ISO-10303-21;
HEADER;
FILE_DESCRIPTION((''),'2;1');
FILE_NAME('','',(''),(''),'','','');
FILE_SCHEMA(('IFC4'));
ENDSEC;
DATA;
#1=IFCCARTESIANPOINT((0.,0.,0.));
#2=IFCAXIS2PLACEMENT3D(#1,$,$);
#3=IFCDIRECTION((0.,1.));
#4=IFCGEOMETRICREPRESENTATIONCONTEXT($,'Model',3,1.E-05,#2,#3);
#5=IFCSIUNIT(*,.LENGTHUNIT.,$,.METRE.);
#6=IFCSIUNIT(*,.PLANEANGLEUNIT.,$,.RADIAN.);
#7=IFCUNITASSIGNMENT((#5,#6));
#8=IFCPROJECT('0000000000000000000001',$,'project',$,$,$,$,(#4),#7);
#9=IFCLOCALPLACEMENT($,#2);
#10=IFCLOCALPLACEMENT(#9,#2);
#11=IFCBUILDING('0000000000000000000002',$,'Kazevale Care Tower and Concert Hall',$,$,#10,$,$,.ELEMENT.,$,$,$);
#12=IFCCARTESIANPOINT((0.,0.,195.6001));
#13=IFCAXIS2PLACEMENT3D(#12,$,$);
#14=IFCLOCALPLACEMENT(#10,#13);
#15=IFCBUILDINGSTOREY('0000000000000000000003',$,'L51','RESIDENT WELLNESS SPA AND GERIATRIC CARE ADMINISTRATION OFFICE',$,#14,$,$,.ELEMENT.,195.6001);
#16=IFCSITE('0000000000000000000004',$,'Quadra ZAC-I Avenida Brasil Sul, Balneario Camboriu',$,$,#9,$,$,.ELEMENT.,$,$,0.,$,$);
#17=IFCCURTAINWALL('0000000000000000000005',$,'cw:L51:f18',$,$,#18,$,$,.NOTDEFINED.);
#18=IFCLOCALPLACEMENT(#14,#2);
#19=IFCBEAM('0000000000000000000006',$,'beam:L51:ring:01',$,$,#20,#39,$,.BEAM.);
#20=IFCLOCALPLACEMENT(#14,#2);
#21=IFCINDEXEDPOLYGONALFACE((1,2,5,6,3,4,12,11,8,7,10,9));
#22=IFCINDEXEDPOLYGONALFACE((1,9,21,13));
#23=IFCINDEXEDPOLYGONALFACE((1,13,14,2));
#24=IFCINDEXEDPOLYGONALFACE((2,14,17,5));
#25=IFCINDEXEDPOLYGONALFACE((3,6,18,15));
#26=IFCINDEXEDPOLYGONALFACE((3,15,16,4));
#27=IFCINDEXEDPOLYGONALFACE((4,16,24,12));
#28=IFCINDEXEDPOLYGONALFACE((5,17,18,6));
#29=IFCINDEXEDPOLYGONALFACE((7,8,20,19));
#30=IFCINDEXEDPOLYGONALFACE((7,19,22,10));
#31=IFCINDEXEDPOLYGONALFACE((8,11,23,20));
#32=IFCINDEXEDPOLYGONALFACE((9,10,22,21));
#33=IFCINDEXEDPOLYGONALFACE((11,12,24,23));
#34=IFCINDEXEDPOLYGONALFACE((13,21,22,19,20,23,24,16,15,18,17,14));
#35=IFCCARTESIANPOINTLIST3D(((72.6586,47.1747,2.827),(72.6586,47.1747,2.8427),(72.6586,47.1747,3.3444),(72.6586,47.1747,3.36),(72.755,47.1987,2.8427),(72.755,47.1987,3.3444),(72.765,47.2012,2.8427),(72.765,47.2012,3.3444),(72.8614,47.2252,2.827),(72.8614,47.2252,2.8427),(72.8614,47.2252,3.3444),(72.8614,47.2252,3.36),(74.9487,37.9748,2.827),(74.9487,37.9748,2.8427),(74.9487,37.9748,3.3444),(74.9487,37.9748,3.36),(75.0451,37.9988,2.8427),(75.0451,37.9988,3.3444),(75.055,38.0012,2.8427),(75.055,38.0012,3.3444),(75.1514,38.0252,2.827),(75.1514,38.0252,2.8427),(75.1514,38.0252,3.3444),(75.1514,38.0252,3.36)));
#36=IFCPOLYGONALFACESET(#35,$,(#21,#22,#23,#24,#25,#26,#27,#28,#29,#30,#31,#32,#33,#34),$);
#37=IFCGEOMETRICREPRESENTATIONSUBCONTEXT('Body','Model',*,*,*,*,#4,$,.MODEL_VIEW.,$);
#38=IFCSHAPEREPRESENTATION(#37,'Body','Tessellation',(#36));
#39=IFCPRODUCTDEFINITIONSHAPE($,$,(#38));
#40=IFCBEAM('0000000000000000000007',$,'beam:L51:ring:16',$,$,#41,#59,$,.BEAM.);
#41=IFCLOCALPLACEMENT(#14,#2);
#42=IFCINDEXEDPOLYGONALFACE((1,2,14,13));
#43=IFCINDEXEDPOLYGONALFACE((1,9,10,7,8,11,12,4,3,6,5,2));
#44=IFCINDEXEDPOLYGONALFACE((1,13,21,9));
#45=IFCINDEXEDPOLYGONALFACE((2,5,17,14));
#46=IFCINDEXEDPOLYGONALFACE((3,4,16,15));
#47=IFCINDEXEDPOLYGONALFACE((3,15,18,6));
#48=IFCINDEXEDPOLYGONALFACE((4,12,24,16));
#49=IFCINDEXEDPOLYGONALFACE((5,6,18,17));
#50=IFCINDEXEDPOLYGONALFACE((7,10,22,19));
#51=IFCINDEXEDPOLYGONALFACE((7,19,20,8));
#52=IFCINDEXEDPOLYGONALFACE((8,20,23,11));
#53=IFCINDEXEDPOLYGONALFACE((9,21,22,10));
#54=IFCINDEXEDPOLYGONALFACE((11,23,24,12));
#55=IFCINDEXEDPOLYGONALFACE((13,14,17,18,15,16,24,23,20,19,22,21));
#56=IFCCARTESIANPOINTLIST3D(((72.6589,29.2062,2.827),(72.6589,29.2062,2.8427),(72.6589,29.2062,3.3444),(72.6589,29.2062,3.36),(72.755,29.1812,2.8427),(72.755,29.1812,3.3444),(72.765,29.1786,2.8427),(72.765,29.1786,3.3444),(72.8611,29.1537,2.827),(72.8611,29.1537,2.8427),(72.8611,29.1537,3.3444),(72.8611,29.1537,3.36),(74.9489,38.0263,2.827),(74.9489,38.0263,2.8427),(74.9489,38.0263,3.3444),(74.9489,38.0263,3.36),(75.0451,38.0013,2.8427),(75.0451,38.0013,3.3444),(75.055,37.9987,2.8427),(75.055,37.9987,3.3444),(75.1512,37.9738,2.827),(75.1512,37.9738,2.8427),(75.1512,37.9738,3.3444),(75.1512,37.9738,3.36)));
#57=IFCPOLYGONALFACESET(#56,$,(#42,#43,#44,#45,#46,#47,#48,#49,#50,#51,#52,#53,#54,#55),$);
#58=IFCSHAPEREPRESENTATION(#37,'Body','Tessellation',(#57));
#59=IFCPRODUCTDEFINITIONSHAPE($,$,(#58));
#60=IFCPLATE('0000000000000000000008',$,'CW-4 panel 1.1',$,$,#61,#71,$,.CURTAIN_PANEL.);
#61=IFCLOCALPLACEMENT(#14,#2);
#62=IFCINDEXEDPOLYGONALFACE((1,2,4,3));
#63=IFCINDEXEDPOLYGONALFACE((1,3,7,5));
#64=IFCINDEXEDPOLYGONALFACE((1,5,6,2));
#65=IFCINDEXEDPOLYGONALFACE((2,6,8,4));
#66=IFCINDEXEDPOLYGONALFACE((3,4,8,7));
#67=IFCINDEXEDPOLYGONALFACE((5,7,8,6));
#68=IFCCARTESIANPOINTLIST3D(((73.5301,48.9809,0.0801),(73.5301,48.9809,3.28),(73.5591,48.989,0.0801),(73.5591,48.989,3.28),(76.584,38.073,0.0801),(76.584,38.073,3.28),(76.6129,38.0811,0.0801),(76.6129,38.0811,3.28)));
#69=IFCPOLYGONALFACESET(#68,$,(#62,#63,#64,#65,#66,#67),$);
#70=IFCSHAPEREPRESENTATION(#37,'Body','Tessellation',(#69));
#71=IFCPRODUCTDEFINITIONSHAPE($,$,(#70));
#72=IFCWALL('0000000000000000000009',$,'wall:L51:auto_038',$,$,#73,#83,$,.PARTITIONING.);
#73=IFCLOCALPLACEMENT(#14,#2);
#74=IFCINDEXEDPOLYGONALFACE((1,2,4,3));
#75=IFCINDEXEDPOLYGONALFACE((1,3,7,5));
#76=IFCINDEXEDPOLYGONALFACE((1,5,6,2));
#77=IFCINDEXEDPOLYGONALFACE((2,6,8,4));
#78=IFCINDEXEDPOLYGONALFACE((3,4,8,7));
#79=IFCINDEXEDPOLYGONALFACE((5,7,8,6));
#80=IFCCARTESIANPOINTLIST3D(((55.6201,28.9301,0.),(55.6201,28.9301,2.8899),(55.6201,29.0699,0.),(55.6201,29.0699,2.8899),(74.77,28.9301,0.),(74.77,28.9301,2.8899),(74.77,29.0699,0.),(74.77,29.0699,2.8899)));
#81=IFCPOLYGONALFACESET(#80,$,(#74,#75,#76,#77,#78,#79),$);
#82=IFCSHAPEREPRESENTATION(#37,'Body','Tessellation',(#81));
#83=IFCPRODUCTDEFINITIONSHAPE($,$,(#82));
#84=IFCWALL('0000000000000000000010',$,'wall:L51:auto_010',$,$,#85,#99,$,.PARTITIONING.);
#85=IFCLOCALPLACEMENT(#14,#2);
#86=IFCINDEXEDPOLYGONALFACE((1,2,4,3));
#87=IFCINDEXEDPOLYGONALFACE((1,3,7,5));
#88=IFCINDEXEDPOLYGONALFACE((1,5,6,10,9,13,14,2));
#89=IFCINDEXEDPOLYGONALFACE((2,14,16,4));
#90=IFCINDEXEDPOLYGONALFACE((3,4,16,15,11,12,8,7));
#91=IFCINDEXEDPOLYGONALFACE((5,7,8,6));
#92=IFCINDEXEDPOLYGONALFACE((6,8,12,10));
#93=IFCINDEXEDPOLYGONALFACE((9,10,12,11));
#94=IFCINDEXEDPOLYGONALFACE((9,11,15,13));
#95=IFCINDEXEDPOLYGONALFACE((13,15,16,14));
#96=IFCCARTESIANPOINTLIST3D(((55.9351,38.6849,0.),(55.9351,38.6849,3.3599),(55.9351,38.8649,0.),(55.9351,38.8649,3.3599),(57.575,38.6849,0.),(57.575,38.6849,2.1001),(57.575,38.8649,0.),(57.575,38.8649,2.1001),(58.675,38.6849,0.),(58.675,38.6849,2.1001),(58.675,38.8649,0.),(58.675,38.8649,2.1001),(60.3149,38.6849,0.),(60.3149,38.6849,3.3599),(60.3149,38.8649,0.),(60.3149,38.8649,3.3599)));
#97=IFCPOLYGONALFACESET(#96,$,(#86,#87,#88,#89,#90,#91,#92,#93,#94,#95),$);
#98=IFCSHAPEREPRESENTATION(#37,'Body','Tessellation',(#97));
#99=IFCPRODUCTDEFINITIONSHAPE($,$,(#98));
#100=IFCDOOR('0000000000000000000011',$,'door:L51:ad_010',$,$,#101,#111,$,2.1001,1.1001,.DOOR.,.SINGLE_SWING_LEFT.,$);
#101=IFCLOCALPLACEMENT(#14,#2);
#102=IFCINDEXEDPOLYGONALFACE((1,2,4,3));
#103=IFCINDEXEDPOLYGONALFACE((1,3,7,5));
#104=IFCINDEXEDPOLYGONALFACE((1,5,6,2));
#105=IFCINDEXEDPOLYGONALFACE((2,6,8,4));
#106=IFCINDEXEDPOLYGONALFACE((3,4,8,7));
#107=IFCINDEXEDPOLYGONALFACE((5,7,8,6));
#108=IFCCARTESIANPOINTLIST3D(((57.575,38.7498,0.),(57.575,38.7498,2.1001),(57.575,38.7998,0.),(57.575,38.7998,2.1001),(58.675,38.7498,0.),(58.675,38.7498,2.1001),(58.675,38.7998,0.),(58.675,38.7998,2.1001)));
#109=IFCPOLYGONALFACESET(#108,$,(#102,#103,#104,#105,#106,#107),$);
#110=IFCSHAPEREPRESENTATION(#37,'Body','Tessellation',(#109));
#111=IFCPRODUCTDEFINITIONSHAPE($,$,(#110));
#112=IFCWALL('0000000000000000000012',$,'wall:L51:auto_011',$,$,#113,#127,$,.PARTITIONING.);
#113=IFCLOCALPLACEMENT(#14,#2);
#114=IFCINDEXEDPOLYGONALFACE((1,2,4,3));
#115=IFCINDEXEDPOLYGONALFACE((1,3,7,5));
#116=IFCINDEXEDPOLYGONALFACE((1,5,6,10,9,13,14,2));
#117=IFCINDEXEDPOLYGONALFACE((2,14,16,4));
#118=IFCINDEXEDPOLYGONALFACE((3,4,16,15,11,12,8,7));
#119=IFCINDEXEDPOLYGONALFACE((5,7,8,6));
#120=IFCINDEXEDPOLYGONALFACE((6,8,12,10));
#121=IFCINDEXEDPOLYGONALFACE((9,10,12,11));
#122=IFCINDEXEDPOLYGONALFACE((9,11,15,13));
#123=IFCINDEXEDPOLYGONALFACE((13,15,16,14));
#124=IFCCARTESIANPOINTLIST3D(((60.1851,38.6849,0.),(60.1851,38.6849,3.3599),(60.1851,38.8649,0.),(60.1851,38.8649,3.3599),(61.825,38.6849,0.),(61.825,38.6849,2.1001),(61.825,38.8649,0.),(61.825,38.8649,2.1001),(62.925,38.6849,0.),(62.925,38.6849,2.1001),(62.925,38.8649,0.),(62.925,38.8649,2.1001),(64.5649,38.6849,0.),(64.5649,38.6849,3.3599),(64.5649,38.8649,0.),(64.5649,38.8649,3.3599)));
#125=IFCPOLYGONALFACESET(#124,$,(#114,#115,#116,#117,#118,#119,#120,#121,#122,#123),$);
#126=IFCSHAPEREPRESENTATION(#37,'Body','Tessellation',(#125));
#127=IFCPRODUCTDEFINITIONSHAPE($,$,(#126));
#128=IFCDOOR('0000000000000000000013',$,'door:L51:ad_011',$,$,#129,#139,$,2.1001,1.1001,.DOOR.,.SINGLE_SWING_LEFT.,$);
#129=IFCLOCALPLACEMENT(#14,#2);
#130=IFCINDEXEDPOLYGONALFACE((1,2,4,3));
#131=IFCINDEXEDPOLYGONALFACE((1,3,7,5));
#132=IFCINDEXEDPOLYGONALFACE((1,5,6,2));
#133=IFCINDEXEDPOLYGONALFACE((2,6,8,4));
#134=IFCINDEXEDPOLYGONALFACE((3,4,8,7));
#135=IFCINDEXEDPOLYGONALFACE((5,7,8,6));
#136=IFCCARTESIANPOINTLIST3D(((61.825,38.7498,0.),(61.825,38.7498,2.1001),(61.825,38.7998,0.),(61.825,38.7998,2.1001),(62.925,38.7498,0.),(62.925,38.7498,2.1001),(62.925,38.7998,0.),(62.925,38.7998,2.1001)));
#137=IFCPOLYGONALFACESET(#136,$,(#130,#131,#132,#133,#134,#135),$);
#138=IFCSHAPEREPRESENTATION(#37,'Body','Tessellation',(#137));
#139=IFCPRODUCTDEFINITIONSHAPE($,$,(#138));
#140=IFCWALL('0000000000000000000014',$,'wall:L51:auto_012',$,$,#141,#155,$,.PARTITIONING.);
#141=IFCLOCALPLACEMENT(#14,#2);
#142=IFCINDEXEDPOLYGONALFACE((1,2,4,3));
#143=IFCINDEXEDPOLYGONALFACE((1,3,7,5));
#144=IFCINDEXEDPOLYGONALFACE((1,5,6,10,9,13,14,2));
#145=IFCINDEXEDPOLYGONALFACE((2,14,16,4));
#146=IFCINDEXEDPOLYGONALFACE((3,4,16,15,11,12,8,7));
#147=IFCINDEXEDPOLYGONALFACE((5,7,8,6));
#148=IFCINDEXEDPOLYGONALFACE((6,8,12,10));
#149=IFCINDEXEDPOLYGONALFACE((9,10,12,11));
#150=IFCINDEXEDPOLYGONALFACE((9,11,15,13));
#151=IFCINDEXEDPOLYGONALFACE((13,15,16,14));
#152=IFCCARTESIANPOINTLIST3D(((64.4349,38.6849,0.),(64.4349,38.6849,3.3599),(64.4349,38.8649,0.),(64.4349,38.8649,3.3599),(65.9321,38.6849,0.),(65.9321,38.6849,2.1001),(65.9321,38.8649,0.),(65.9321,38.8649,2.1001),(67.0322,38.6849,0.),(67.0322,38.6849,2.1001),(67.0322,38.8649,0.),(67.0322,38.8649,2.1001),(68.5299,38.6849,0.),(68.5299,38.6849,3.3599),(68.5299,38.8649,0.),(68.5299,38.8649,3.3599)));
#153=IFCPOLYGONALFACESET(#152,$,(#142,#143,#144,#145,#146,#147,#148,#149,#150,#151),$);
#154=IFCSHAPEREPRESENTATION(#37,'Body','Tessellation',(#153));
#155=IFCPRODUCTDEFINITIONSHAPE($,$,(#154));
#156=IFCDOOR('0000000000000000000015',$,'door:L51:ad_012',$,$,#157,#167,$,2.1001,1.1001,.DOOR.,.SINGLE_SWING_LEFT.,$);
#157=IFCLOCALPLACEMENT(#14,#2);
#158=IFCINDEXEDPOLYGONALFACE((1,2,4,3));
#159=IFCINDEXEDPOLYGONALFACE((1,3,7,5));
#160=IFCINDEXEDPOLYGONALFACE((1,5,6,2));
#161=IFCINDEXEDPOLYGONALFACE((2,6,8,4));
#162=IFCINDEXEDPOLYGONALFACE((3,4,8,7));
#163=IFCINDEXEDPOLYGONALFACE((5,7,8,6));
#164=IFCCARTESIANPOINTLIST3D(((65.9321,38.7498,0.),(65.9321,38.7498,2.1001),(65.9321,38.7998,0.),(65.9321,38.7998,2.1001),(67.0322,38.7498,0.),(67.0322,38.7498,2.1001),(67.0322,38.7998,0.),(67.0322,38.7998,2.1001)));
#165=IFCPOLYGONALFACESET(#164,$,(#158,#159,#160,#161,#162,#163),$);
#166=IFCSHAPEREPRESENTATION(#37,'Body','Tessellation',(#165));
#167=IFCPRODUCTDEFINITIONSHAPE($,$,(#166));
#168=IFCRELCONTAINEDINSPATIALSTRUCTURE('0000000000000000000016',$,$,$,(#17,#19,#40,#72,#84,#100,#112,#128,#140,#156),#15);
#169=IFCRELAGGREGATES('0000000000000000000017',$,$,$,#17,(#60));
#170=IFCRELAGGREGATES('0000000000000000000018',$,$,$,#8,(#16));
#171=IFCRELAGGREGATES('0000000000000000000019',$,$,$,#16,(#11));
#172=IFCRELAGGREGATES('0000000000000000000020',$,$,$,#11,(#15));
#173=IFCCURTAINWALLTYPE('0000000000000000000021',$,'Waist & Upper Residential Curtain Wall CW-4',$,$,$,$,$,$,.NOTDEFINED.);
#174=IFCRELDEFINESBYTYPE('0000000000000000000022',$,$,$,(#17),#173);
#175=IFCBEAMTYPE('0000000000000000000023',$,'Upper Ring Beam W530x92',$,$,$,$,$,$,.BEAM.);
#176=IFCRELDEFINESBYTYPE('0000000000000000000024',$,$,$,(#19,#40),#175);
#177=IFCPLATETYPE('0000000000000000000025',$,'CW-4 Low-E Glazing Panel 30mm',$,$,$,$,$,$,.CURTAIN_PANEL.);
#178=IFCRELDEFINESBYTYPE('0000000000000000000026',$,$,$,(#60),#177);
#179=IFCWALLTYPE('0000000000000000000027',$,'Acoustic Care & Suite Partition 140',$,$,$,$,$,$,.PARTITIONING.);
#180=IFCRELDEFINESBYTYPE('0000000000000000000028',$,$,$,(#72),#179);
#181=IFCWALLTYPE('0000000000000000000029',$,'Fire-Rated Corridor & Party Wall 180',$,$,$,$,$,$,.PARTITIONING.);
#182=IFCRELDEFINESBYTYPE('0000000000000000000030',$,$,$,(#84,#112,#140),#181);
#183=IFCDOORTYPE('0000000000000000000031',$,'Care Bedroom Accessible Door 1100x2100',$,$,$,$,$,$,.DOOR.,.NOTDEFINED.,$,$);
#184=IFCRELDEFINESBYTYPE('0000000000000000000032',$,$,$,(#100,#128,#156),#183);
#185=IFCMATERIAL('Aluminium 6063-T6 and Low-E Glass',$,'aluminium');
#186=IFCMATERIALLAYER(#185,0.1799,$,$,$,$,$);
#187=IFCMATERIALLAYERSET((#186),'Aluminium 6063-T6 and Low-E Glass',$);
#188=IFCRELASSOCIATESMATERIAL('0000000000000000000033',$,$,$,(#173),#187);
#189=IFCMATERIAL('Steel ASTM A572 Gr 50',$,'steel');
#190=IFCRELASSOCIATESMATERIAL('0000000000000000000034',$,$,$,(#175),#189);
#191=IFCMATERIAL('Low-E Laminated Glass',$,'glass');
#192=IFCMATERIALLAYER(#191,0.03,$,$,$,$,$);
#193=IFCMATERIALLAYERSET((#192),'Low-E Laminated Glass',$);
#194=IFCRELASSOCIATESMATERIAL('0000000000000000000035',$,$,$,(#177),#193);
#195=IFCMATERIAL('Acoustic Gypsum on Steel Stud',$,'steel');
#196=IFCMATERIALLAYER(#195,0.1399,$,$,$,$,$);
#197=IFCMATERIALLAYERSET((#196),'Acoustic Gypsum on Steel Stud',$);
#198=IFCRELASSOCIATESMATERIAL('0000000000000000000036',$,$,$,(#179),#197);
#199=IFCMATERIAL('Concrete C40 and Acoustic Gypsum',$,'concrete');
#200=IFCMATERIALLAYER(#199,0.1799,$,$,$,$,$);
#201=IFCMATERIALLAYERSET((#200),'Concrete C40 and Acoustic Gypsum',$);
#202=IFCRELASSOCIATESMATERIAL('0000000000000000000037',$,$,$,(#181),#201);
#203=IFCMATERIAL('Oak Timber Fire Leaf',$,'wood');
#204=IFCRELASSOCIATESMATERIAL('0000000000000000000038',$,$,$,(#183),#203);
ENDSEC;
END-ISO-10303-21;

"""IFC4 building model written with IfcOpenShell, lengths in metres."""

from ifc_helpers import new_model, si_unit, direction, frame, frame_2d, origin, origin_2d, place, context, subcontext, project, spatial, rectangle, i_section, extrude, material, layer, layer_set, material_profile, profile_set, type_object, element, fill, aggregate, save


model = new_model("IFC4")

# Units and contexts
model_context = context("Model", 3, precision=1e-05, world=origin(), true_north=direction((0.0, 1.0)))
body_context = subcontext(model_context, "Body", "Model", "MODEL_VIEW")
ifc_project = project(units=[si_unit("LENGTHUNIT", "METRE"), si_unit("PLANEANGLEUNIT", "RADIAN")], contexts=[model_context])

# Site, building, storey
site_placement = place(None, origin())
site = spatial("IfcSite", under=ifc_project, at=site_placement, Name="Quadra ZAC-I Avenida Brasil Sul, Balneario Camboriu", CompositionType="ELEMENT", RefElevation=0.0)
building_placement = place(site_placement, origin())
building = spatial("IfcBuilding", under=site, at=building_placement, Name="Kazevale Care Tower and Concert Hall", CompositionType="ELEMENT")
storey_placement = place(building_placement, frame((0.0, 0.0, 195.6001)))
storey = spatial("IfcBuildingStorey", under=building, at=storey_placement, Name="L51", Description="RESIDENT WELLNESS SPA AND GERIATRIC CARE ADMINISTRATION OFFICE", CompositionType="ELEMENT", Elevation=195.6001)

# Curtain wall
ifc_material_1 = material(Name="Aluminium 6063-T6 and Low-E Glass", Category="aluminium")
ifc_layer_1 = layer(ifc_material_1, 0.1799)
ifc_layer_set_1 = layer_set([ifc_layer_1], Name="Aluminium 6063-T6 and Low-E Glass")
curtain_wall_type = type_object("IfcCurtainWallType", Name="Waist & Upper Residential Curtain Wall CW-4", PredefinedType="NOTDEFINED", material=ifc_layer_set_1)
curtain_wall_placement = place(storey_placement, origin())
curtain_wall = element("IfcCurtainWall", 1, at=curtain_wall_placement, inside=storey, type_object=curtain_wall_type, Name="cw:L51:f18", PredefinedType="NOTDEFINED")

# Beams
ifc_material_2 = material(Name="Steel ASTM A572 Gr 50", Category="steel")
ifc_material_profile_1 = material_profile(ifc_material_2, i_section(OverallWidth=0.209, OverallDepth=0.533, WebThickness=0.0103, FlangeThickness=0.0156, at=origin_2d()), Name="W530x92")
ifc_profile_set_1 = profile_set([ifc_material_profile_1], Name="Steel ASTM A572 Gr 50")
beam_type_1 = type_object("IfcBeamType", Name="Upper Ring Beam W530x92", PredefinedType="BEAM", material=ifc_profile_set_1)
beam_1_placement = place(storey_placement, frame((75.05, 38.0, 3.0935), z_axis=(-0.241548, 0.970389, 0.0), x_axis=(-0.970389, -0.241548, 0.0)))
element("IfcBeam", 2, at=beam_1_placement, inside=storey, type_object=beam_type_1, Name="beam:L51:ring:01", PredefinedType="BEAM", context=body_context, shape_type="SweptSolid", body=[
    extrude(i_section(OverallWidth=0.209, OverallDepth=0.533, WebThickness=0.0103, FlangeThickness=0.0156, at=origin_2d()), origin(), (0.0, 0.0, 1.0), 9.4807),
])
beam_2_placement = place(storey_placement, frame((72.76, 29.1799, 3.0935), z_axis=(0.251307, 0.967907, 0.0), x_axis=(-0.967907, 0.251307, 0.0)))
element("IfcBeam", 3, at=beam_2_placement, inside=storey, type_object=beam_type_1, Name="beam:L51:ring:16", PredefinedType="BEAM", context=body_context, shape_type="SweptSolid", body=[
    extrude(i_section(OverallWidth=0.209, OverallDepth=0.533, WebThickness=0.0103, FlangeThickness=0.0156, at=origin_2d()), origin(), (0.0, 0.0, 1.0), 9.1125),
])

# Plate
ifc_material_3 = material(Name="Low-E Laminated Glass", Category="glass")
ifc_layer_2 = layer(ifc_material_3, 0.03)
ifc_layer_set_2 = layer_set([ifc_layer_2], Name="Low-E Laminated Glass")
plate_type = type_object("IfcPlateType", Name="CW-4 Low-E Glazing Panel 30mm", PredefinedType="CURTAIN_PANEL", material=ifc_layer_set_2)
plate_placement = place(storey_placement, frame((75.0715, 43.531, 0.0801), z_axis=(0.0, 0.0, 1.0), x_axis=(0.269601, -0.962972, 0.0)))
plate = element("IfcPlate", 4, at=plate_placement, type_object=plate_type, Name="CW-4 panel 1.1", PredefinedType="CURTAIN_PANEL", context=body_context, shape_type="SweptSolid", body=[
    extrude(rectangle(XDim=11.3274, YDim=0.03, at=origin_2d()), origin(), (0.0, 0.0, 1.0), 3.2),
])
aggregate(curtain_wall, [plate])

# Wall
ifc_material_4 = material(Name="Acoustic Gypsum on Steel Stud", Category="steel")
ifc_layer_3 = layer(ifc_material_4, 0.1399)
ifc_layer_set_3 = layer_set([ifc_layer_3], Name="Acoustic Gypsum on Steel Stud")
wall_type_1 = type_object("IfcWallType", Name="Acoustic Care & Suite Partition 140", PredefinedType="PARTITIONING", material=ifc_layer_set_3)
wall_1_placement = place(storey_placement, frame((55.6201, 29.0, 0.0), z_axis=(0.0, 0.0, 1.0), x_axis=(1.0, 0.0, 0.0)))
element("IfcWall", 5, at=wall_1_placement, inside=storey, type_object=wall_type_1, Name="wall:L51:auto_038", PredefinedType="PARTITIONING", context=body_context, shape_type="SweptSolid", body=[
    extrude(rectangle(XDim=19.1499, YDim=0.1399, at=frame_2d((9.575, 0.0))), origin(), (0.0, 0.0, 1.0), 2.8899),
])

# Walls, openings, doors
ifc_material_5 = material(Name="Concrete C40 and Acoustic Gypsum", Category="concrete")
ifc_layer_4 = layer(ifc_material_5, 0.1799)
ifc_layer_set_4 = layer_set([ifc_layer_4], Name="Concrete C40 and Acoustic Gypsum")
wall_type_2 = type_object("IfcWallType", Name="Fire-Rated Corridor & Party Wall 180", PredefinedType="PARTITIONING", material=ifc_layer_set_4)
wall_2_placement = place(storey_placement, frame((55.9351, 38.7749, 0.0), z_axis=(0.0, 0.0, 1.0), x_axis=(1.0, 0.0, 0.0)))
wall_2 = element("IfcWall", 6, at=wall_2_placement, inside=storey, type_object=wall_type_2, Name="wall:L51:auto_010", PredefinedType="PARTITIONING", context=body_context, shape_type="SweptSolid", body=[
    extrude(rectangle(XDim=4.3799, YDim=0.1799, at=frame_2d((2.1899, 0.0))), origin(), (0.0, 0.0, 1.0), 3.3599),
])
opening_1_placement = place(wall_2_placement, frame((1.6399, 0.0, 0.0)))
opening_1 = element("IfcOpeningElement", 7, at=opening_1_placement, cuts=wall_2, PredefinedType="OPENING", context=body_context, shape_type="SweptSolid", body=[
    extrude(rectangle(XDim=1.1001, YDim=2.1001, at=frame_2d((0.55, 1.05))), frame((0.0, 0.0999, 0.0), z_axis=(0.0, -1.0, 0.0), x_axis=(1.0, 0.0, 0.0)), (0.0, 0.0, 1.0), 0.2),
])
ifc_material_6 = material(Name="Oak Timber Fire Leaf", Category="wood")
door_type = type_object("IfcDoorType", Name="Care Bedroom Accessible Door 1100x2100", OperationType="NOTDEFINED", PredefinedType="DOOR", material=ifc_material_6)
door_1_placement = place(opening_1_placement, origin())
door_1 = element("IfcDoor", 8, at=door_1_placement, inside=storey, type_object=door_type, Name="door:L51:ad_010", OperationType="SINGLE_SWING_LEFT", OverallHeight=2.1001, OverallWidth=1.1001, PredefinedType="DOOR", context=body_context, shape_type="SweptSolid", body=[
    extrude(rectangle(XDim=1.1001, YDim=2.1001, at=frame_2d((0.55, 1.05))), frame((0.0, 0.0249, 0.0), z_axis=(0.0, -1.0, 0.0), x_axis=(1.0, 0.0, 0.0)), (0.0, 0.0, 1.0), 0.05),
])
fill(opening_1, door_1)
wall_3_placement = place(storey_placement, frame((60.1851, 38.7749, 0.0), z_axis=(0.0, 0.0, 1.0), x_axis=(1.0, 0.0, 0.0)))
wall_3 = element("IfcWall", 9, at=wall_3_placement, inside=storey, type_object=wall_type_2, Name="wall:L51:auto_011", PredefinedType="PARTITIONING", context=body_context, shape_type="SweptSolid", body=[
    extrude(rectangle(XDim=4.3799, YDim=0.1799, at=frame_2d((2.1899, 0.0))), origin(), (0.0, 0.0, 1.0), 3.3599),
])
opening_2_placement = place(wall_3_placement, frame((1.6399, 0.0, 0.0)))
opening_2 = element("IfcOpeningElement", 10, at=opening_2_placement, cuts=wall_3, PredefinedType="OPENING", context=body_context, shape_type="SweptSolid", body=[
    extrude(rectangle(XDim=1.1001, YDim=2.1001, at=frame_2d((0.55, 1.05))), frame((0.0, 0.0999, 0.0), z_axis=(0.0, -1.0, 0.0), x_axis=(1.0, 0.0, 0.0)), (0.0, 0.0, 1.0), 0.2),
])
door_2_placement = place(opening_2_placement, origin())
door_2 = element("IfcDoor", 11, at=door_2_placement, inside=storey, type_object=door_type, Name="door:L51:ad_011", OperationType="SINGLE_SWING_LEFT", OverallHeight=2.1001, OverallWidth=1.1001, PredefinedType="DOOR", context=body_context, shape_type="SweptSolid", body=[
    extrude(rectangle(XDim=1.1001, YDim=2.1001, at=frame_2d((0.55, 1.05))), frame((0.0, 0.0249, 0.0), z_axis=(0.0, -1.0, 0.0), x_axis=(1.0, 0.0, 0.0)), (0.0, 0.0, 1.0), 0.05),
])
fill(opening_2, door_2)
wall_4_placement = place(storey_placement, frame((64.4351, 38.7749, 0.0), z_axis=(0.0, 0.0, 1.0), x_axis=(1.0, 0.0, 0.0)))
wall_4 = element("IfcWall", 12, at=wall_4_placement, inside=storey, type_object=wall_type_2, Name="wall:L51:auto_012", PredefinedType="PARTITIONING", context=body_context, shape_type="SweptSolid", body=[
    extrude(rectangle(XDim=4.095, YDim=0.1799, at=frame_2d((2.0474, 0.0))), origin(), (0.0, 0.0, 1.0), 3.3599),
])
opening_3_placement = place(wall_4_placement, frame((1.4971, 0.0, 0.0)))
opening_3 = element("IfcOpeningElement", 13, at=opening_3_placement, cuts=wall_4, PredefinedType="OPENING", context=body_context, shape_type="SweptSolid", body=[
    extrude(rectangle(XDim=1.1001, YDim=2.1001, at=frame_2d((0.55, 1.05))), frame((0.0, 0.0999, 0.0), z_axis=(0.0, -1.0, 0.0), x_axis=(1.0, 0.0, 0.0)), (0.0, 0.0, 1.0), 0.2),
])
door_3_placement = place(opening_3_placement, origin())
door_3 = element("IfcDoor", 14, at=door_3_placement, inside=storey, type_object=door_type, Name="door:L51:ad_012", OperationType="SINGLE_SWING_LEFT", OverallHeight=2.1001, OverallWidth=1.1001, PredefinedType="DOOR", context=body_context, shape_type="SweptSolid", body=[
    extrude(rectangle(XDim=1.1001, YDim=2.1001, at=frame_2d((0.55, 1.05))), frame((0.0, 0.0249, 0.0), z_axis=(0.0, -1.0, 0.0), x_axis=(1.0, 0.0, 0.0)), (0.0, 0.0, 1.0), 0.05),
])
fill(opening_3, door_3)

save(model, "model.ifc")
